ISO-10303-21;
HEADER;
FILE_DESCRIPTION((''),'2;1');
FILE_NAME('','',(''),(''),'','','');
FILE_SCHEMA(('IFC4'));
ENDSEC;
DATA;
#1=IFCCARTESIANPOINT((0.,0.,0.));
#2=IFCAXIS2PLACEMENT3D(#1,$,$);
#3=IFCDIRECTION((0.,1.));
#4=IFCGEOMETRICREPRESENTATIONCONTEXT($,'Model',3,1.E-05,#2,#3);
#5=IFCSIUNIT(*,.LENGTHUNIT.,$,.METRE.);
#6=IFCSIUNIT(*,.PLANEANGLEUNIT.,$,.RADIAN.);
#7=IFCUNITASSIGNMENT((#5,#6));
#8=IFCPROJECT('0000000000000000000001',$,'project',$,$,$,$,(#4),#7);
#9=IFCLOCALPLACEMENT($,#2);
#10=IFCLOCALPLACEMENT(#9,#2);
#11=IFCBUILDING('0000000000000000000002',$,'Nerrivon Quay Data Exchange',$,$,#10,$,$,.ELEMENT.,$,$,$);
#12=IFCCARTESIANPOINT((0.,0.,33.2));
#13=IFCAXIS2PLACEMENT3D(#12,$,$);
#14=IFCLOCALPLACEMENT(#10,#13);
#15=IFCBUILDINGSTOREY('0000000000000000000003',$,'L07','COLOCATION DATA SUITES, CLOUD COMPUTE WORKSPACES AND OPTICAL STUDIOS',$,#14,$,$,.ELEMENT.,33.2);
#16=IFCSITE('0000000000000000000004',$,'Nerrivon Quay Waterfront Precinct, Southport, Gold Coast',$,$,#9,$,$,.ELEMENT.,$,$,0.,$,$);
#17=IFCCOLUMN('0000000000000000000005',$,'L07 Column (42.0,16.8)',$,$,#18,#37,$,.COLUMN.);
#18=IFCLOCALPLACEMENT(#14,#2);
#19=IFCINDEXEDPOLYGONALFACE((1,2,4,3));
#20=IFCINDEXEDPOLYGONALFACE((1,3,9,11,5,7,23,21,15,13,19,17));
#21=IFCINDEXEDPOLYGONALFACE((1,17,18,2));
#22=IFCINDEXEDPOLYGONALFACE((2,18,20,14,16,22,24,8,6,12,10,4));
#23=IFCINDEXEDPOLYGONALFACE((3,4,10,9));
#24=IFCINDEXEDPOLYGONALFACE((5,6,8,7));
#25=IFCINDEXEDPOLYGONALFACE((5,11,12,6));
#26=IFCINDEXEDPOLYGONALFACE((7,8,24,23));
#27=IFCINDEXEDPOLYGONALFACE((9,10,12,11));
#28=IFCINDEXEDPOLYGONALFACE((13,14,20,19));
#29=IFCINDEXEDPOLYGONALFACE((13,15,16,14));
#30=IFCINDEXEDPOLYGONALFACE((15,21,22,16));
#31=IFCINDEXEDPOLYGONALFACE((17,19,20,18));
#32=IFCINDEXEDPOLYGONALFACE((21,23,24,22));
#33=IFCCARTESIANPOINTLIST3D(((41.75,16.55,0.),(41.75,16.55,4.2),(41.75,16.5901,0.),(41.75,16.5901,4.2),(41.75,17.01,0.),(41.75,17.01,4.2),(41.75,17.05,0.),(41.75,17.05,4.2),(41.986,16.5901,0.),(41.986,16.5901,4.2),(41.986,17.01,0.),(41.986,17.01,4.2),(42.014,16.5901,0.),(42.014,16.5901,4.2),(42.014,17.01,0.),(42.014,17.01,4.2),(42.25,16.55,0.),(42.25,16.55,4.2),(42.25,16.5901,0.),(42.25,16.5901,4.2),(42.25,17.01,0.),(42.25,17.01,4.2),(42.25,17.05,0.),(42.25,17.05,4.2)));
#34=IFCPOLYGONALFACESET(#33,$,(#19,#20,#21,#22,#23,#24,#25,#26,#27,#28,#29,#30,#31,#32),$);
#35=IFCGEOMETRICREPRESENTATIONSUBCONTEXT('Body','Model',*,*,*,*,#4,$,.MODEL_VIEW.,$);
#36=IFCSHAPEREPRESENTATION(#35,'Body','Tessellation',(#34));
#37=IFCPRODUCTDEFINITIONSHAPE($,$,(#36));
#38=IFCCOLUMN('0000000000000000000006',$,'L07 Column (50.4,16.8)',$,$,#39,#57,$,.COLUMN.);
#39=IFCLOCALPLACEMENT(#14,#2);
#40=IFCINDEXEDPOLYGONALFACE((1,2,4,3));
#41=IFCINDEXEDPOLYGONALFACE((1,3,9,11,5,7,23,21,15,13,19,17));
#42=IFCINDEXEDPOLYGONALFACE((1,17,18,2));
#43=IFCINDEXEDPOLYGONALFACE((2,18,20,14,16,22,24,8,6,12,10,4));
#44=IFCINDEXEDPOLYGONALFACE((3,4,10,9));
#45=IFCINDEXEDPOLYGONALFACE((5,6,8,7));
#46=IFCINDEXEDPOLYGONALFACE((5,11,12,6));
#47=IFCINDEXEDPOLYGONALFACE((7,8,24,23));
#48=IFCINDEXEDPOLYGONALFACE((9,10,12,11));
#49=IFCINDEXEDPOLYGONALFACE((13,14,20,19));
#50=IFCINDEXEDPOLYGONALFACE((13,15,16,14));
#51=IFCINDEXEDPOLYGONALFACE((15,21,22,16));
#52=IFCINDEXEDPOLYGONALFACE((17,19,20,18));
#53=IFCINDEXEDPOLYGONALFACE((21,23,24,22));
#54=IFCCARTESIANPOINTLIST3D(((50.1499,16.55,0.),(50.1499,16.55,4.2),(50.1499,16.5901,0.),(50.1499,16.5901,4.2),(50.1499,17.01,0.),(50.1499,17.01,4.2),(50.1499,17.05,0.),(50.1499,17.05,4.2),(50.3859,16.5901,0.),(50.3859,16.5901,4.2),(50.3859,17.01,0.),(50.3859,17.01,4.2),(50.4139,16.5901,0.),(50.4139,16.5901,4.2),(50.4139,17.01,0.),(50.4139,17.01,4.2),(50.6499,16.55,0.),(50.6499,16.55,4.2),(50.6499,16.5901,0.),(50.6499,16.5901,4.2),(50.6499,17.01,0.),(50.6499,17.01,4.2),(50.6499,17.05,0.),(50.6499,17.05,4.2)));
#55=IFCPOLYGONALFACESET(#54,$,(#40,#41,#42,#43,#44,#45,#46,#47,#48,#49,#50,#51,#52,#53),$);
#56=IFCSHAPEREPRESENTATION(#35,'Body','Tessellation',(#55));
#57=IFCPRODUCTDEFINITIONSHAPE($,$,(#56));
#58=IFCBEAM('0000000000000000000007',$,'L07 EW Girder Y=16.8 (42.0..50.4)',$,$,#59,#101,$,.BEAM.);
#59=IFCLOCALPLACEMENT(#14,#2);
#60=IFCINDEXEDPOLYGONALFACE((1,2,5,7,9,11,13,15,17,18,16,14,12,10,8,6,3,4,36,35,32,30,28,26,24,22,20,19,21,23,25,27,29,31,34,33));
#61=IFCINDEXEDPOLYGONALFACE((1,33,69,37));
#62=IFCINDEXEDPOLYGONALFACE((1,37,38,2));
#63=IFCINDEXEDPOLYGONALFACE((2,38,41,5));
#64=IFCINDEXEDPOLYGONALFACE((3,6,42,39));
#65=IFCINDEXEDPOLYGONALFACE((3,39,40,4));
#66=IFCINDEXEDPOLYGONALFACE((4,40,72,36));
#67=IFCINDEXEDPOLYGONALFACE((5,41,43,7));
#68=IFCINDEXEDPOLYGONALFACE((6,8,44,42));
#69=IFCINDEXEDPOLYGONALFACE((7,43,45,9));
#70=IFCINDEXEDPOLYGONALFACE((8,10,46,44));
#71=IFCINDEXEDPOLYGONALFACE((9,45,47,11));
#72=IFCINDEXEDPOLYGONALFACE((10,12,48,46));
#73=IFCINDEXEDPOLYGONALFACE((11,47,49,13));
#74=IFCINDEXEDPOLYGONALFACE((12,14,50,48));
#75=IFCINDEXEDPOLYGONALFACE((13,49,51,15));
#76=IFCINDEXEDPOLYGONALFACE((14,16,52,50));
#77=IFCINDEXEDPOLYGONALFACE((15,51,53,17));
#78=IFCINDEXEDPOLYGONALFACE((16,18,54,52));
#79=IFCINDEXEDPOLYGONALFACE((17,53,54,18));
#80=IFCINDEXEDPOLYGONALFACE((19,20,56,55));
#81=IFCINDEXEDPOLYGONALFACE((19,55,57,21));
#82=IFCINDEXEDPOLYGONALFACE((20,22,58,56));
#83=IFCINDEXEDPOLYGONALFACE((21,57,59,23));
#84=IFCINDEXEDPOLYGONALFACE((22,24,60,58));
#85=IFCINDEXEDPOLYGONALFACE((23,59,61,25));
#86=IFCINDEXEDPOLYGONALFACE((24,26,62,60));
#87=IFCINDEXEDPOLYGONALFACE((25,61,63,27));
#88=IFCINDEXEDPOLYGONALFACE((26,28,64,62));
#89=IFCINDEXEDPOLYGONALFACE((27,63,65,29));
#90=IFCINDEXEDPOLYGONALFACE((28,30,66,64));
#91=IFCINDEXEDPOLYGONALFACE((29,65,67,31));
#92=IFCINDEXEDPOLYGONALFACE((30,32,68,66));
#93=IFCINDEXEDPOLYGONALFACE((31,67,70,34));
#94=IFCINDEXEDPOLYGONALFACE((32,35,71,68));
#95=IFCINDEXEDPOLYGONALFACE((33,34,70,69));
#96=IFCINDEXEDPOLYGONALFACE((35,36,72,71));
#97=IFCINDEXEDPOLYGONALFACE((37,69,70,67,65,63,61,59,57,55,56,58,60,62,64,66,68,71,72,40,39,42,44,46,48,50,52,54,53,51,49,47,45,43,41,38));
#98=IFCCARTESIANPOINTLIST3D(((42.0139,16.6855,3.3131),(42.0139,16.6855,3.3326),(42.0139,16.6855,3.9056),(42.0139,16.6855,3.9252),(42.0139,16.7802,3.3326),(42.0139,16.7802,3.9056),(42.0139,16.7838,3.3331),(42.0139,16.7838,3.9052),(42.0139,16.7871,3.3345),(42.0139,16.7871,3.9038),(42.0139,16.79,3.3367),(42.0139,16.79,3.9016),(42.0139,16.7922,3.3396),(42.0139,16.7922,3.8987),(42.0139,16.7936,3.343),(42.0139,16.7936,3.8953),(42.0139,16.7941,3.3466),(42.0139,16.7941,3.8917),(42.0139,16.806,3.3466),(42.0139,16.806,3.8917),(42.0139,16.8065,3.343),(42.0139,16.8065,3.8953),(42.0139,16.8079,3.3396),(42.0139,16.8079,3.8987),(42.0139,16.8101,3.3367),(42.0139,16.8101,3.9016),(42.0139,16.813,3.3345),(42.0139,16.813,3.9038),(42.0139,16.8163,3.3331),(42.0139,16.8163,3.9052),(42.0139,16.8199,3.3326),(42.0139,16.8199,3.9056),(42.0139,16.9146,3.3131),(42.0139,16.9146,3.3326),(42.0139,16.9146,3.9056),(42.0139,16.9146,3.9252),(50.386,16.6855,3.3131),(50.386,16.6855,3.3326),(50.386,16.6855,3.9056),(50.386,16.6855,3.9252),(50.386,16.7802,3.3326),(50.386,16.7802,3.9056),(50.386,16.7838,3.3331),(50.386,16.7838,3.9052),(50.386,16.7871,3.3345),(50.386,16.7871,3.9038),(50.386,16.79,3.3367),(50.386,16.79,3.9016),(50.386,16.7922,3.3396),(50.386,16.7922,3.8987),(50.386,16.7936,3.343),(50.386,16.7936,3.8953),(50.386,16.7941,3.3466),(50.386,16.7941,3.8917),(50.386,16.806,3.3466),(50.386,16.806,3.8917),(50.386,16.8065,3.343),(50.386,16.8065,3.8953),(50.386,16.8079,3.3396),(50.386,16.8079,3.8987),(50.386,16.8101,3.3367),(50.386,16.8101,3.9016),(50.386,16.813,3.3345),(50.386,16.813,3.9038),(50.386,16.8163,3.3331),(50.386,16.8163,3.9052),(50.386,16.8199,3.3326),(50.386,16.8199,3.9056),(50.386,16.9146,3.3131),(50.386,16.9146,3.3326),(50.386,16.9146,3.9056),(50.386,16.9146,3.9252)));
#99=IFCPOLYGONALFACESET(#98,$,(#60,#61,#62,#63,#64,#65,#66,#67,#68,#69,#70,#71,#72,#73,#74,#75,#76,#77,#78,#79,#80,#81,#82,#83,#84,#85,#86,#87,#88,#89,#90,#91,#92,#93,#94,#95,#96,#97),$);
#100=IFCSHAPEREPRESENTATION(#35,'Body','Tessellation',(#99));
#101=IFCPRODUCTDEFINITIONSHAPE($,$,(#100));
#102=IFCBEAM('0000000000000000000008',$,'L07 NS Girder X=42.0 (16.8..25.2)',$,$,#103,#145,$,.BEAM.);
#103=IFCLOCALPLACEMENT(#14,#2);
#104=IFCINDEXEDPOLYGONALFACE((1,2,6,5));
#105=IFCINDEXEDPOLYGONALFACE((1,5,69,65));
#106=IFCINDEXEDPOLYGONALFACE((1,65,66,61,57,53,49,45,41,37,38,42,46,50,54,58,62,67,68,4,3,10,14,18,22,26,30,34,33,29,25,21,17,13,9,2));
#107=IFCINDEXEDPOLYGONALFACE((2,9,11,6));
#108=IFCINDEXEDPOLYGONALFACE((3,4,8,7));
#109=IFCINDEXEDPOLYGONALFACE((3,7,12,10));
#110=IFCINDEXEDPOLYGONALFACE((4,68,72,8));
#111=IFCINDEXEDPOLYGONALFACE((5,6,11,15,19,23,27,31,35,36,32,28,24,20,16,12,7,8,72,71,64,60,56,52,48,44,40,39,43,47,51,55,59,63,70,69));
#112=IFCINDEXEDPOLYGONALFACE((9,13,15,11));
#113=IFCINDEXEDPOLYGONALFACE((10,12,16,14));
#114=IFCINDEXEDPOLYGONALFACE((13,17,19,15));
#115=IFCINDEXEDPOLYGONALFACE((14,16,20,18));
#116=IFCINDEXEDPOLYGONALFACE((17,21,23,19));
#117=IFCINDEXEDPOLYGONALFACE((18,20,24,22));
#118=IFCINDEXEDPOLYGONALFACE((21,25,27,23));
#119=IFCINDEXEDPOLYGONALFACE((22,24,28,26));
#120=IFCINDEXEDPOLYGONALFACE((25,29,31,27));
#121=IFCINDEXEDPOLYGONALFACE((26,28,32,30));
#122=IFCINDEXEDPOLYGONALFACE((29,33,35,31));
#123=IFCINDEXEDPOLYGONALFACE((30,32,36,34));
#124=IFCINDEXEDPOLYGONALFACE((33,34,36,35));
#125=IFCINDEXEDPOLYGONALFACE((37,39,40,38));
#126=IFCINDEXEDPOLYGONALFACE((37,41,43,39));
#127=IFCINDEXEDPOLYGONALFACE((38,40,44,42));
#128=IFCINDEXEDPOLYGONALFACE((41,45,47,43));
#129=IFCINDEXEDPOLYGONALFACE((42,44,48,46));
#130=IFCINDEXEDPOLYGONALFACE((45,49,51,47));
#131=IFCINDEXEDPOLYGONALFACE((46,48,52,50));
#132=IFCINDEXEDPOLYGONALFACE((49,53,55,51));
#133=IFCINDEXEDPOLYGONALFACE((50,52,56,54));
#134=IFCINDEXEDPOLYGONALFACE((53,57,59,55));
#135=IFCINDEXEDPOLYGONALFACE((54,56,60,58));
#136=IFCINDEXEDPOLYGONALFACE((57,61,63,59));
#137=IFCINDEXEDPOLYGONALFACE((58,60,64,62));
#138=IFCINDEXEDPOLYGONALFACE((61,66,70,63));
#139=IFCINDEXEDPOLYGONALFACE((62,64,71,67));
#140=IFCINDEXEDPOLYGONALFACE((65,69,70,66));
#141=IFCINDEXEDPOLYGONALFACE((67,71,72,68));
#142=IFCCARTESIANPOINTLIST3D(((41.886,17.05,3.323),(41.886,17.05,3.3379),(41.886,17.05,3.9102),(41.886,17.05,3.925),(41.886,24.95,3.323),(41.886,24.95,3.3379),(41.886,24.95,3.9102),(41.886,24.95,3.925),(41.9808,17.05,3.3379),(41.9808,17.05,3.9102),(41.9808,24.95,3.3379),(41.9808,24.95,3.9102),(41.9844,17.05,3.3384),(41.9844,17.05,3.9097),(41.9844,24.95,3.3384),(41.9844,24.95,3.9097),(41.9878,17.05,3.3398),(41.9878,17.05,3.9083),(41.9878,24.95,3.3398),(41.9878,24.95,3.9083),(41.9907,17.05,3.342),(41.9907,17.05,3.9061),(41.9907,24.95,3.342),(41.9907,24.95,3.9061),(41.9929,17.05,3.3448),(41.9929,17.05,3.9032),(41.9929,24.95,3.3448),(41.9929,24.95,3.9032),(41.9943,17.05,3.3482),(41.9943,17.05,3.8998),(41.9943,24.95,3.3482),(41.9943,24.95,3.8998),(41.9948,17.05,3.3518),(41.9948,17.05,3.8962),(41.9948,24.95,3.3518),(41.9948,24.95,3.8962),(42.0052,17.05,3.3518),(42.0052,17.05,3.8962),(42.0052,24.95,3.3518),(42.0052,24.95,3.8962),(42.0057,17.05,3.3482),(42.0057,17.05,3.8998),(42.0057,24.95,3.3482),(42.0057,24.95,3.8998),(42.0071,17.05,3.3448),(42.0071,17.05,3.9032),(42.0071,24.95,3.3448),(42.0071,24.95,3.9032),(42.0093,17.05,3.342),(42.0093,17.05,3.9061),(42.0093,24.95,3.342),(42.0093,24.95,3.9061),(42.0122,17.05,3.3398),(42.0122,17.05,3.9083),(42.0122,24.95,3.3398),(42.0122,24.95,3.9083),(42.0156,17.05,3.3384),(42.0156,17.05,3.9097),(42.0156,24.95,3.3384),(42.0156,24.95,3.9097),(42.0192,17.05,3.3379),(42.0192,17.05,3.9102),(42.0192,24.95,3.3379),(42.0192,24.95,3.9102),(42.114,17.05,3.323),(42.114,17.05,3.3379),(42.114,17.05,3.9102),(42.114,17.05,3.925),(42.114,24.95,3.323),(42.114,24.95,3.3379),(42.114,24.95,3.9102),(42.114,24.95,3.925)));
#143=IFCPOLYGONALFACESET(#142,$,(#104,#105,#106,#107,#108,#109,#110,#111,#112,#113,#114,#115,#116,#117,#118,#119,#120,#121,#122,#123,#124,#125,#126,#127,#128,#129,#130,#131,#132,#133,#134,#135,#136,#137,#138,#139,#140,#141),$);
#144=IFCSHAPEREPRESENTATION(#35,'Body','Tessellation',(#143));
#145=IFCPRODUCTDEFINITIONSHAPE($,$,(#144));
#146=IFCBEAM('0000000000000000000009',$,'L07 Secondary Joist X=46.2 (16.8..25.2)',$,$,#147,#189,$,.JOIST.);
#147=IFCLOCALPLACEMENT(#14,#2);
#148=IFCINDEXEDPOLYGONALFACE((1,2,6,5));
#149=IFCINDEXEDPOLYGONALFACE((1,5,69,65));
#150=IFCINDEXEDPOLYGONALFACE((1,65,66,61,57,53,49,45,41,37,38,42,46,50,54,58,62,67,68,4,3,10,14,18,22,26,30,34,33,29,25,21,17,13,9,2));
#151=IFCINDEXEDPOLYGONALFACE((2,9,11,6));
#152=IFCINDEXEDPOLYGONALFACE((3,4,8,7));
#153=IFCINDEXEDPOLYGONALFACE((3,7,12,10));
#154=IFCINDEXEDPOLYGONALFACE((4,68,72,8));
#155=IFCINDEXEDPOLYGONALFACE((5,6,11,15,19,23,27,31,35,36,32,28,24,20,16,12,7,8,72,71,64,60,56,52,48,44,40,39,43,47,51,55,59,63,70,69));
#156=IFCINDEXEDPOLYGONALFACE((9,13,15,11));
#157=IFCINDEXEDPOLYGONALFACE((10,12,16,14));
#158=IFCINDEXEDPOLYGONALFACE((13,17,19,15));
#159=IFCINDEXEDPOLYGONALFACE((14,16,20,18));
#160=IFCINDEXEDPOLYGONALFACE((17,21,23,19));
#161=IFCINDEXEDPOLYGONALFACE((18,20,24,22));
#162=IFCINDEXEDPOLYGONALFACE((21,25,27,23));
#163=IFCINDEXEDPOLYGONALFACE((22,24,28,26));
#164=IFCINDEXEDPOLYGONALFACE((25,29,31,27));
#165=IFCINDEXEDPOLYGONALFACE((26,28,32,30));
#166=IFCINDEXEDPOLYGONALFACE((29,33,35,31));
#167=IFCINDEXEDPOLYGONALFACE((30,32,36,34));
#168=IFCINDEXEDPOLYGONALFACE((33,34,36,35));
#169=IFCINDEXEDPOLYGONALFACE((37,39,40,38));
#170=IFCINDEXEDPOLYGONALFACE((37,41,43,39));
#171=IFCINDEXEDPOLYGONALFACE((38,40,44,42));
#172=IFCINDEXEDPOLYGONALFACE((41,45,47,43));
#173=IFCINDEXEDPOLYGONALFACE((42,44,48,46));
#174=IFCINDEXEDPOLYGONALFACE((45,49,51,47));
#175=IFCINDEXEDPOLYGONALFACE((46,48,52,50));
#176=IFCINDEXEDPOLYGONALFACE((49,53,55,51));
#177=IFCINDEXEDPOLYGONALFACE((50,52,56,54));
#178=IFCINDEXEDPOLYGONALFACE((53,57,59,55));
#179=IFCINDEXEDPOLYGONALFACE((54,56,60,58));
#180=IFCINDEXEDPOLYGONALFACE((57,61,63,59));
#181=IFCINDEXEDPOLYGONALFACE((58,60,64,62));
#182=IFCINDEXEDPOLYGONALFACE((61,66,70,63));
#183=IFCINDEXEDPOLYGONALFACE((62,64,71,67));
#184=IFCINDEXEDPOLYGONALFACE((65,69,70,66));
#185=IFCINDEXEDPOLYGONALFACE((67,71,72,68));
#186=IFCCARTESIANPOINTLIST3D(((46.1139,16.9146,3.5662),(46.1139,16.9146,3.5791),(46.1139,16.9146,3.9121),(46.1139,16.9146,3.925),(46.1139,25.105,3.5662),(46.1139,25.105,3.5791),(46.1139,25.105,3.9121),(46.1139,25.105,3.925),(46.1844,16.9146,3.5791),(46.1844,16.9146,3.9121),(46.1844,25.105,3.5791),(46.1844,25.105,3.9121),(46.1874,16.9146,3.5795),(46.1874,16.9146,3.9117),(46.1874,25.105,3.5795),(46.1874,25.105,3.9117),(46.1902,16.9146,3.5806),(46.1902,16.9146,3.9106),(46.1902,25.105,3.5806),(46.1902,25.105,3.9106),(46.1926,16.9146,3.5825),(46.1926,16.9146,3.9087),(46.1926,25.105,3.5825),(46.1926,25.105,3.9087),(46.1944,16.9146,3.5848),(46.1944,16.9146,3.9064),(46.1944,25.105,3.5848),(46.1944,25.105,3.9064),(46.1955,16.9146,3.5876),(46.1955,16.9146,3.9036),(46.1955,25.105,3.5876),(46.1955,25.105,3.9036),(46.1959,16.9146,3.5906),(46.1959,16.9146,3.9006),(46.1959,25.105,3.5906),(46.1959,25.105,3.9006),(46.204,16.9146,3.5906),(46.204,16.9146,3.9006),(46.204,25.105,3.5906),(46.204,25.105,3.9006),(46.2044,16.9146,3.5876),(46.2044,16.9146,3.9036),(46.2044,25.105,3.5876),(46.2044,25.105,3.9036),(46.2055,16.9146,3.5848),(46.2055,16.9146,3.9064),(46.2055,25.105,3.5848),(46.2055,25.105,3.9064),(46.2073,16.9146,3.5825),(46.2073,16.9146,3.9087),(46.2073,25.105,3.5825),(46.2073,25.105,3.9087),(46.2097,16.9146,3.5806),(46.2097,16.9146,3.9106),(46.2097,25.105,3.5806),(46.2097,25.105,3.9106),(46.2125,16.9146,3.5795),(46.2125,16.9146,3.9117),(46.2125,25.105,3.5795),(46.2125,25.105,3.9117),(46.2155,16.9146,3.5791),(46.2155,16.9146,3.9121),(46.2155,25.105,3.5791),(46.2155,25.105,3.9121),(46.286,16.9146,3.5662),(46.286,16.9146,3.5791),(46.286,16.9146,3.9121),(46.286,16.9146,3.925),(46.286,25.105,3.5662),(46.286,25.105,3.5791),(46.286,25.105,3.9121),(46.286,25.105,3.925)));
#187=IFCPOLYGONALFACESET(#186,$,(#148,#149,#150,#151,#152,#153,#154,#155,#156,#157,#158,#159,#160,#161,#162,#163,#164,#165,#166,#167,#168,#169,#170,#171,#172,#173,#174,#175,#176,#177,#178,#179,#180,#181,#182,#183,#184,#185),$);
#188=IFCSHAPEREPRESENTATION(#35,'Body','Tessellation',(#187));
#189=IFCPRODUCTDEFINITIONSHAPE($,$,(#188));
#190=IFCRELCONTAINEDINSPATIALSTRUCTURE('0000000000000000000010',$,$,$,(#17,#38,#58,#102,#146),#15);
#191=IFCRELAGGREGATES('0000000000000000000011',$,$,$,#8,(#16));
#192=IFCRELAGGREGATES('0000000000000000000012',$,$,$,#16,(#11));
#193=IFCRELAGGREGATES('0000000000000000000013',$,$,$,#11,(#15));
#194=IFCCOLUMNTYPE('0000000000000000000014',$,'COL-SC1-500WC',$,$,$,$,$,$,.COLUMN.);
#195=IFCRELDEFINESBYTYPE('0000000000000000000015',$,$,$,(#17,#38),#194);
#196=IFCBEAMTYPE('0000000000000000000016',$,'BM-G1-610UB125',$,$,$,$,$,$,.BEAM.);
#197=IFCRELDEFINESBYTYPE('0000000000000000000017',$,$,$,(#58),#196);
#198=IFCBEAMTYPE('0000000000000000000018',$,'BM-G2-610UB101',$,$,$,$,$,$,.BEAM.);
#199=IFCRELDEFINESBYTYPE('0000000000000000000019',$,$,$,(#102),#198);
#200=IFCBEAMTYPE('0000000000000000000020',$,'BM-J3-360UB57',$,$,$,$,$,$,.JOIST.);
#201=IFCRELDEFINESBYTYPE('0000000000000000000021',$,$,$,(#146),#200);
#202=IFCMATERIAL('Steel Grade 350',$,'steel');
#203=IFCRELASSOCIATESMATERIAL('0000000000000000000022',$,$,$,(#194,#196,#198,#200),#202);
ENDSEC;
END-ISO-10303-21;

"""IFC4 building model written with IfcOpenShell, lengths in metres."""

from ifc_helpers import new_model, si_unit, direction, frame, origin, origin_2d, place, context, subcontext, project, spatial, i_section, extrude, material, material_profile, profile_set, type_object, element, save


model = new_model("IFC4")

# Units and contexts
model_context = context("Model", 3, precision=1e-05, world=origin(), true_north=direction((0.0, 1.0)))
body_context = subcontext(model_context, "Body", "Model", "MODEL_VIEW")
ifc_project = project(units=[si_unit("LENGTHUNIT", "METRE"), si_unit("PLANEANGLEUNIT", "RADIAN")], contexts=[model_context])

# Site, building, storey
site_placement = place(None, origin())
site = spatial("IfcSite", under=ifc_project, at=site_placement, Name="Nerrivon Quay Waterfront Precinct, Southport, Gold Coast", CompositionType="ELEMENT", RefElevation=0.0)
building_placement = place(site_placement, origin())
building = spatial("IfcBuilding", under=site, at=building_placement, Name="Nerrivon Quay Data Exchange", CompositionType="ELEMENT")
storey_placement = place(building_placement, frame((0.0, 0.0, 33.2)))
storey = spatial("IfcBuildingStorey", under=building, at=storey_placement, Name="L07", Description="COLOCATION DATA SUITES, CLOUD COMPUTE WORKSPACES AND OPTICAL STUDIOS", CompositionType="ELEMENT", Elevation=33.2)

# Columns
ifc_material_1 = material(Name="Steel Grade 350", Category="steel")
ifc_material_profile_1 = material_profile(ifc_material_1, i_section(OverallWidth=0.5, OverallDepth=0.5, WebThickness=0.0281, FlangeThickness=0.04, at=origin_2d()), Name="500WC440")
ifc_profile_set_1 = profile_set([ifc_material_profile_1], Name="Steel Grade 350")
column_type = type_object("IfcColumnType", Name="COL-SC1-500WC", PredefinedType="COLUMN", material=ifc_profile_set_1)
for number, where, z_axis, x_axis, name in (
    (1, (42.0, 16.8, 0.0), (0.0, 0.0, 1.0), (1.0, 0.0, 0.0), "L07 Column (42.0,16.8)"),
    (2, (50.3999, 16.8, 0.0), (0.0, 0.0, 1.0), (1.0, 0.0, 0.0), "L07 Column (50.4,16.8)"),
):
    element("IfcColumn", number, at=place(storey_placement, frame(where, z_axis=z_axis, x_axis=x_axis)), inside=storey, type_object=column_type, Name=name, PredefinedType="COLUMN", context=body_context, shape_type="SweptSolid", body=[
        extrude(i_section(OverallWidth=0.5, OverallDepth=0.5, WebThickness=0.0281, FlangeThickness=0.04, at=origin_2d()), origin(), (0.0, 0.0, 1.0), 4.2),
    ])

# Beams
ifc_material_profile_2 = material_profile(ifc_material_1, i_section(OverallWidth=0.229, OverallDepth=0.6121, WebThickness=0.012, FlangeThickness=0.0195, FilletRadius=0.0139, at=origin_2d()), Name="610UB125")
ifc_profile_set_2 = profile_set([ifc_material_profile_2], Name="Steel Grade 350")
beam_type_1 = type_object("IfcBeamType", Name="BM-G1-610UB125", PredefinedType="BEAM", material=ifc_profile_set_2)
beam_1_placement = place(storey_placement, frame((42.0139, 16.8, 3.6191), z_axis=(1.0, 0.0, 0.0), x_axis=(0.0, 1.0, 0.0)))
element("IfcBeam", 3, at=beam_1_placement, inside=storey, type_object=beam_type_1, Name="L07 EW Girder Y=16.8 (42.0..50.4)", PredefinedType="BEAM", context=body_context, shape_type="SweptSolid", body=[
    extrude(i_section(OverallWidth=0.229, OverallDepth=0.6121, WebThickness=0.012, FlangeThickness=0.0195, FilletRadius=0.0139, at=origin_2d()), origin(), (0.0, 0.0, 1.0), 8.3721),
])
ifc_material_profile_3 = material_profile(ifc_material_1, i_section(OverallWidth=0.228, OverallDepth=0.6021, WebThickness=0.0105, FlangeThickness=0.0149, FilletRadius=0.0139, at=origin_2d()), Name="610UB101")
ifc_profile_set_3 = profile_set([ifc_material_profile_3], Name="Steel Grade 350")
beam_type_2 = type_object("IfcBeamType", Name="BM-G2-610UB101", PredefinedType="BEAM", material=ifc_profile_set_3)
beam_2_placement = place(storey_placement, frame((42.0, 17.05, 3.624), z_axis=(0.0, 1.0, 0.0), x_axis=(-1.0, 0.0, 0.0)))
element("IfcBeam", 4, at=beam_2_placement, inside=storey, type_object=beam_type_2, Name="L07 NS Girder X=42.0 (16.8..25.2)", PredefinedType="BEAM", context=body_context, shape_type="SweptSolid", body=[
    extrude(i_section(OverallWidth=0.228, OverallDepth=0.6021, WebThickness=0.0105, FlangeThickness=0.0149, FilletRadius=0.0139, at=origin_2d()), origin(), (0.0, 0.0, 1.0), 7.8999),
])
ifc_material_profile_4 = material_profile(ifc_material_1, i_section(OverallWidth=0.1721, OverallDepth=0.3589, WebThickness=0.0081, FlangeThickness=0.0129, FilletRadius=0.0115, at=origin_2d()), Name="360UB56.7")
ifc_profile_set_4 = profile_set([ifc_material_profile_4], Name="Steel Grade 350")
beam_type_3 = type_object("IfcBeamType", Name="BM-J3-360UB57", PredefinedType="JOIST", material=ifc_profile_set_4)
beam_3_placement = place(storey_placement, frame((46.2, 16.9146, 3.7456), z_axis=(0.0, 1.0, 0.0), x_axis=(-1.0, 0.0, 0.0)))
element("IfcBeam", 5, at=beam_3_placement, inside=storey, type_object=beam_type_3, Name="L07 Secondary Joist X=46.2 (16.8..25.2)", PredefinedType="JOIST", context=body_context, shape_type="SweptSolid", body=[
    extrude(i_section(OverallWidth=0.1721, OverallDepth=0.3589, WebThickness=0.0081, FlangeThickness=0.0129, FilletRadius=0.0115, at=origin_2d()), origin(), (0.0, 0.0, 1.0), 8.1904),
])

save(model, "model.ifc")
